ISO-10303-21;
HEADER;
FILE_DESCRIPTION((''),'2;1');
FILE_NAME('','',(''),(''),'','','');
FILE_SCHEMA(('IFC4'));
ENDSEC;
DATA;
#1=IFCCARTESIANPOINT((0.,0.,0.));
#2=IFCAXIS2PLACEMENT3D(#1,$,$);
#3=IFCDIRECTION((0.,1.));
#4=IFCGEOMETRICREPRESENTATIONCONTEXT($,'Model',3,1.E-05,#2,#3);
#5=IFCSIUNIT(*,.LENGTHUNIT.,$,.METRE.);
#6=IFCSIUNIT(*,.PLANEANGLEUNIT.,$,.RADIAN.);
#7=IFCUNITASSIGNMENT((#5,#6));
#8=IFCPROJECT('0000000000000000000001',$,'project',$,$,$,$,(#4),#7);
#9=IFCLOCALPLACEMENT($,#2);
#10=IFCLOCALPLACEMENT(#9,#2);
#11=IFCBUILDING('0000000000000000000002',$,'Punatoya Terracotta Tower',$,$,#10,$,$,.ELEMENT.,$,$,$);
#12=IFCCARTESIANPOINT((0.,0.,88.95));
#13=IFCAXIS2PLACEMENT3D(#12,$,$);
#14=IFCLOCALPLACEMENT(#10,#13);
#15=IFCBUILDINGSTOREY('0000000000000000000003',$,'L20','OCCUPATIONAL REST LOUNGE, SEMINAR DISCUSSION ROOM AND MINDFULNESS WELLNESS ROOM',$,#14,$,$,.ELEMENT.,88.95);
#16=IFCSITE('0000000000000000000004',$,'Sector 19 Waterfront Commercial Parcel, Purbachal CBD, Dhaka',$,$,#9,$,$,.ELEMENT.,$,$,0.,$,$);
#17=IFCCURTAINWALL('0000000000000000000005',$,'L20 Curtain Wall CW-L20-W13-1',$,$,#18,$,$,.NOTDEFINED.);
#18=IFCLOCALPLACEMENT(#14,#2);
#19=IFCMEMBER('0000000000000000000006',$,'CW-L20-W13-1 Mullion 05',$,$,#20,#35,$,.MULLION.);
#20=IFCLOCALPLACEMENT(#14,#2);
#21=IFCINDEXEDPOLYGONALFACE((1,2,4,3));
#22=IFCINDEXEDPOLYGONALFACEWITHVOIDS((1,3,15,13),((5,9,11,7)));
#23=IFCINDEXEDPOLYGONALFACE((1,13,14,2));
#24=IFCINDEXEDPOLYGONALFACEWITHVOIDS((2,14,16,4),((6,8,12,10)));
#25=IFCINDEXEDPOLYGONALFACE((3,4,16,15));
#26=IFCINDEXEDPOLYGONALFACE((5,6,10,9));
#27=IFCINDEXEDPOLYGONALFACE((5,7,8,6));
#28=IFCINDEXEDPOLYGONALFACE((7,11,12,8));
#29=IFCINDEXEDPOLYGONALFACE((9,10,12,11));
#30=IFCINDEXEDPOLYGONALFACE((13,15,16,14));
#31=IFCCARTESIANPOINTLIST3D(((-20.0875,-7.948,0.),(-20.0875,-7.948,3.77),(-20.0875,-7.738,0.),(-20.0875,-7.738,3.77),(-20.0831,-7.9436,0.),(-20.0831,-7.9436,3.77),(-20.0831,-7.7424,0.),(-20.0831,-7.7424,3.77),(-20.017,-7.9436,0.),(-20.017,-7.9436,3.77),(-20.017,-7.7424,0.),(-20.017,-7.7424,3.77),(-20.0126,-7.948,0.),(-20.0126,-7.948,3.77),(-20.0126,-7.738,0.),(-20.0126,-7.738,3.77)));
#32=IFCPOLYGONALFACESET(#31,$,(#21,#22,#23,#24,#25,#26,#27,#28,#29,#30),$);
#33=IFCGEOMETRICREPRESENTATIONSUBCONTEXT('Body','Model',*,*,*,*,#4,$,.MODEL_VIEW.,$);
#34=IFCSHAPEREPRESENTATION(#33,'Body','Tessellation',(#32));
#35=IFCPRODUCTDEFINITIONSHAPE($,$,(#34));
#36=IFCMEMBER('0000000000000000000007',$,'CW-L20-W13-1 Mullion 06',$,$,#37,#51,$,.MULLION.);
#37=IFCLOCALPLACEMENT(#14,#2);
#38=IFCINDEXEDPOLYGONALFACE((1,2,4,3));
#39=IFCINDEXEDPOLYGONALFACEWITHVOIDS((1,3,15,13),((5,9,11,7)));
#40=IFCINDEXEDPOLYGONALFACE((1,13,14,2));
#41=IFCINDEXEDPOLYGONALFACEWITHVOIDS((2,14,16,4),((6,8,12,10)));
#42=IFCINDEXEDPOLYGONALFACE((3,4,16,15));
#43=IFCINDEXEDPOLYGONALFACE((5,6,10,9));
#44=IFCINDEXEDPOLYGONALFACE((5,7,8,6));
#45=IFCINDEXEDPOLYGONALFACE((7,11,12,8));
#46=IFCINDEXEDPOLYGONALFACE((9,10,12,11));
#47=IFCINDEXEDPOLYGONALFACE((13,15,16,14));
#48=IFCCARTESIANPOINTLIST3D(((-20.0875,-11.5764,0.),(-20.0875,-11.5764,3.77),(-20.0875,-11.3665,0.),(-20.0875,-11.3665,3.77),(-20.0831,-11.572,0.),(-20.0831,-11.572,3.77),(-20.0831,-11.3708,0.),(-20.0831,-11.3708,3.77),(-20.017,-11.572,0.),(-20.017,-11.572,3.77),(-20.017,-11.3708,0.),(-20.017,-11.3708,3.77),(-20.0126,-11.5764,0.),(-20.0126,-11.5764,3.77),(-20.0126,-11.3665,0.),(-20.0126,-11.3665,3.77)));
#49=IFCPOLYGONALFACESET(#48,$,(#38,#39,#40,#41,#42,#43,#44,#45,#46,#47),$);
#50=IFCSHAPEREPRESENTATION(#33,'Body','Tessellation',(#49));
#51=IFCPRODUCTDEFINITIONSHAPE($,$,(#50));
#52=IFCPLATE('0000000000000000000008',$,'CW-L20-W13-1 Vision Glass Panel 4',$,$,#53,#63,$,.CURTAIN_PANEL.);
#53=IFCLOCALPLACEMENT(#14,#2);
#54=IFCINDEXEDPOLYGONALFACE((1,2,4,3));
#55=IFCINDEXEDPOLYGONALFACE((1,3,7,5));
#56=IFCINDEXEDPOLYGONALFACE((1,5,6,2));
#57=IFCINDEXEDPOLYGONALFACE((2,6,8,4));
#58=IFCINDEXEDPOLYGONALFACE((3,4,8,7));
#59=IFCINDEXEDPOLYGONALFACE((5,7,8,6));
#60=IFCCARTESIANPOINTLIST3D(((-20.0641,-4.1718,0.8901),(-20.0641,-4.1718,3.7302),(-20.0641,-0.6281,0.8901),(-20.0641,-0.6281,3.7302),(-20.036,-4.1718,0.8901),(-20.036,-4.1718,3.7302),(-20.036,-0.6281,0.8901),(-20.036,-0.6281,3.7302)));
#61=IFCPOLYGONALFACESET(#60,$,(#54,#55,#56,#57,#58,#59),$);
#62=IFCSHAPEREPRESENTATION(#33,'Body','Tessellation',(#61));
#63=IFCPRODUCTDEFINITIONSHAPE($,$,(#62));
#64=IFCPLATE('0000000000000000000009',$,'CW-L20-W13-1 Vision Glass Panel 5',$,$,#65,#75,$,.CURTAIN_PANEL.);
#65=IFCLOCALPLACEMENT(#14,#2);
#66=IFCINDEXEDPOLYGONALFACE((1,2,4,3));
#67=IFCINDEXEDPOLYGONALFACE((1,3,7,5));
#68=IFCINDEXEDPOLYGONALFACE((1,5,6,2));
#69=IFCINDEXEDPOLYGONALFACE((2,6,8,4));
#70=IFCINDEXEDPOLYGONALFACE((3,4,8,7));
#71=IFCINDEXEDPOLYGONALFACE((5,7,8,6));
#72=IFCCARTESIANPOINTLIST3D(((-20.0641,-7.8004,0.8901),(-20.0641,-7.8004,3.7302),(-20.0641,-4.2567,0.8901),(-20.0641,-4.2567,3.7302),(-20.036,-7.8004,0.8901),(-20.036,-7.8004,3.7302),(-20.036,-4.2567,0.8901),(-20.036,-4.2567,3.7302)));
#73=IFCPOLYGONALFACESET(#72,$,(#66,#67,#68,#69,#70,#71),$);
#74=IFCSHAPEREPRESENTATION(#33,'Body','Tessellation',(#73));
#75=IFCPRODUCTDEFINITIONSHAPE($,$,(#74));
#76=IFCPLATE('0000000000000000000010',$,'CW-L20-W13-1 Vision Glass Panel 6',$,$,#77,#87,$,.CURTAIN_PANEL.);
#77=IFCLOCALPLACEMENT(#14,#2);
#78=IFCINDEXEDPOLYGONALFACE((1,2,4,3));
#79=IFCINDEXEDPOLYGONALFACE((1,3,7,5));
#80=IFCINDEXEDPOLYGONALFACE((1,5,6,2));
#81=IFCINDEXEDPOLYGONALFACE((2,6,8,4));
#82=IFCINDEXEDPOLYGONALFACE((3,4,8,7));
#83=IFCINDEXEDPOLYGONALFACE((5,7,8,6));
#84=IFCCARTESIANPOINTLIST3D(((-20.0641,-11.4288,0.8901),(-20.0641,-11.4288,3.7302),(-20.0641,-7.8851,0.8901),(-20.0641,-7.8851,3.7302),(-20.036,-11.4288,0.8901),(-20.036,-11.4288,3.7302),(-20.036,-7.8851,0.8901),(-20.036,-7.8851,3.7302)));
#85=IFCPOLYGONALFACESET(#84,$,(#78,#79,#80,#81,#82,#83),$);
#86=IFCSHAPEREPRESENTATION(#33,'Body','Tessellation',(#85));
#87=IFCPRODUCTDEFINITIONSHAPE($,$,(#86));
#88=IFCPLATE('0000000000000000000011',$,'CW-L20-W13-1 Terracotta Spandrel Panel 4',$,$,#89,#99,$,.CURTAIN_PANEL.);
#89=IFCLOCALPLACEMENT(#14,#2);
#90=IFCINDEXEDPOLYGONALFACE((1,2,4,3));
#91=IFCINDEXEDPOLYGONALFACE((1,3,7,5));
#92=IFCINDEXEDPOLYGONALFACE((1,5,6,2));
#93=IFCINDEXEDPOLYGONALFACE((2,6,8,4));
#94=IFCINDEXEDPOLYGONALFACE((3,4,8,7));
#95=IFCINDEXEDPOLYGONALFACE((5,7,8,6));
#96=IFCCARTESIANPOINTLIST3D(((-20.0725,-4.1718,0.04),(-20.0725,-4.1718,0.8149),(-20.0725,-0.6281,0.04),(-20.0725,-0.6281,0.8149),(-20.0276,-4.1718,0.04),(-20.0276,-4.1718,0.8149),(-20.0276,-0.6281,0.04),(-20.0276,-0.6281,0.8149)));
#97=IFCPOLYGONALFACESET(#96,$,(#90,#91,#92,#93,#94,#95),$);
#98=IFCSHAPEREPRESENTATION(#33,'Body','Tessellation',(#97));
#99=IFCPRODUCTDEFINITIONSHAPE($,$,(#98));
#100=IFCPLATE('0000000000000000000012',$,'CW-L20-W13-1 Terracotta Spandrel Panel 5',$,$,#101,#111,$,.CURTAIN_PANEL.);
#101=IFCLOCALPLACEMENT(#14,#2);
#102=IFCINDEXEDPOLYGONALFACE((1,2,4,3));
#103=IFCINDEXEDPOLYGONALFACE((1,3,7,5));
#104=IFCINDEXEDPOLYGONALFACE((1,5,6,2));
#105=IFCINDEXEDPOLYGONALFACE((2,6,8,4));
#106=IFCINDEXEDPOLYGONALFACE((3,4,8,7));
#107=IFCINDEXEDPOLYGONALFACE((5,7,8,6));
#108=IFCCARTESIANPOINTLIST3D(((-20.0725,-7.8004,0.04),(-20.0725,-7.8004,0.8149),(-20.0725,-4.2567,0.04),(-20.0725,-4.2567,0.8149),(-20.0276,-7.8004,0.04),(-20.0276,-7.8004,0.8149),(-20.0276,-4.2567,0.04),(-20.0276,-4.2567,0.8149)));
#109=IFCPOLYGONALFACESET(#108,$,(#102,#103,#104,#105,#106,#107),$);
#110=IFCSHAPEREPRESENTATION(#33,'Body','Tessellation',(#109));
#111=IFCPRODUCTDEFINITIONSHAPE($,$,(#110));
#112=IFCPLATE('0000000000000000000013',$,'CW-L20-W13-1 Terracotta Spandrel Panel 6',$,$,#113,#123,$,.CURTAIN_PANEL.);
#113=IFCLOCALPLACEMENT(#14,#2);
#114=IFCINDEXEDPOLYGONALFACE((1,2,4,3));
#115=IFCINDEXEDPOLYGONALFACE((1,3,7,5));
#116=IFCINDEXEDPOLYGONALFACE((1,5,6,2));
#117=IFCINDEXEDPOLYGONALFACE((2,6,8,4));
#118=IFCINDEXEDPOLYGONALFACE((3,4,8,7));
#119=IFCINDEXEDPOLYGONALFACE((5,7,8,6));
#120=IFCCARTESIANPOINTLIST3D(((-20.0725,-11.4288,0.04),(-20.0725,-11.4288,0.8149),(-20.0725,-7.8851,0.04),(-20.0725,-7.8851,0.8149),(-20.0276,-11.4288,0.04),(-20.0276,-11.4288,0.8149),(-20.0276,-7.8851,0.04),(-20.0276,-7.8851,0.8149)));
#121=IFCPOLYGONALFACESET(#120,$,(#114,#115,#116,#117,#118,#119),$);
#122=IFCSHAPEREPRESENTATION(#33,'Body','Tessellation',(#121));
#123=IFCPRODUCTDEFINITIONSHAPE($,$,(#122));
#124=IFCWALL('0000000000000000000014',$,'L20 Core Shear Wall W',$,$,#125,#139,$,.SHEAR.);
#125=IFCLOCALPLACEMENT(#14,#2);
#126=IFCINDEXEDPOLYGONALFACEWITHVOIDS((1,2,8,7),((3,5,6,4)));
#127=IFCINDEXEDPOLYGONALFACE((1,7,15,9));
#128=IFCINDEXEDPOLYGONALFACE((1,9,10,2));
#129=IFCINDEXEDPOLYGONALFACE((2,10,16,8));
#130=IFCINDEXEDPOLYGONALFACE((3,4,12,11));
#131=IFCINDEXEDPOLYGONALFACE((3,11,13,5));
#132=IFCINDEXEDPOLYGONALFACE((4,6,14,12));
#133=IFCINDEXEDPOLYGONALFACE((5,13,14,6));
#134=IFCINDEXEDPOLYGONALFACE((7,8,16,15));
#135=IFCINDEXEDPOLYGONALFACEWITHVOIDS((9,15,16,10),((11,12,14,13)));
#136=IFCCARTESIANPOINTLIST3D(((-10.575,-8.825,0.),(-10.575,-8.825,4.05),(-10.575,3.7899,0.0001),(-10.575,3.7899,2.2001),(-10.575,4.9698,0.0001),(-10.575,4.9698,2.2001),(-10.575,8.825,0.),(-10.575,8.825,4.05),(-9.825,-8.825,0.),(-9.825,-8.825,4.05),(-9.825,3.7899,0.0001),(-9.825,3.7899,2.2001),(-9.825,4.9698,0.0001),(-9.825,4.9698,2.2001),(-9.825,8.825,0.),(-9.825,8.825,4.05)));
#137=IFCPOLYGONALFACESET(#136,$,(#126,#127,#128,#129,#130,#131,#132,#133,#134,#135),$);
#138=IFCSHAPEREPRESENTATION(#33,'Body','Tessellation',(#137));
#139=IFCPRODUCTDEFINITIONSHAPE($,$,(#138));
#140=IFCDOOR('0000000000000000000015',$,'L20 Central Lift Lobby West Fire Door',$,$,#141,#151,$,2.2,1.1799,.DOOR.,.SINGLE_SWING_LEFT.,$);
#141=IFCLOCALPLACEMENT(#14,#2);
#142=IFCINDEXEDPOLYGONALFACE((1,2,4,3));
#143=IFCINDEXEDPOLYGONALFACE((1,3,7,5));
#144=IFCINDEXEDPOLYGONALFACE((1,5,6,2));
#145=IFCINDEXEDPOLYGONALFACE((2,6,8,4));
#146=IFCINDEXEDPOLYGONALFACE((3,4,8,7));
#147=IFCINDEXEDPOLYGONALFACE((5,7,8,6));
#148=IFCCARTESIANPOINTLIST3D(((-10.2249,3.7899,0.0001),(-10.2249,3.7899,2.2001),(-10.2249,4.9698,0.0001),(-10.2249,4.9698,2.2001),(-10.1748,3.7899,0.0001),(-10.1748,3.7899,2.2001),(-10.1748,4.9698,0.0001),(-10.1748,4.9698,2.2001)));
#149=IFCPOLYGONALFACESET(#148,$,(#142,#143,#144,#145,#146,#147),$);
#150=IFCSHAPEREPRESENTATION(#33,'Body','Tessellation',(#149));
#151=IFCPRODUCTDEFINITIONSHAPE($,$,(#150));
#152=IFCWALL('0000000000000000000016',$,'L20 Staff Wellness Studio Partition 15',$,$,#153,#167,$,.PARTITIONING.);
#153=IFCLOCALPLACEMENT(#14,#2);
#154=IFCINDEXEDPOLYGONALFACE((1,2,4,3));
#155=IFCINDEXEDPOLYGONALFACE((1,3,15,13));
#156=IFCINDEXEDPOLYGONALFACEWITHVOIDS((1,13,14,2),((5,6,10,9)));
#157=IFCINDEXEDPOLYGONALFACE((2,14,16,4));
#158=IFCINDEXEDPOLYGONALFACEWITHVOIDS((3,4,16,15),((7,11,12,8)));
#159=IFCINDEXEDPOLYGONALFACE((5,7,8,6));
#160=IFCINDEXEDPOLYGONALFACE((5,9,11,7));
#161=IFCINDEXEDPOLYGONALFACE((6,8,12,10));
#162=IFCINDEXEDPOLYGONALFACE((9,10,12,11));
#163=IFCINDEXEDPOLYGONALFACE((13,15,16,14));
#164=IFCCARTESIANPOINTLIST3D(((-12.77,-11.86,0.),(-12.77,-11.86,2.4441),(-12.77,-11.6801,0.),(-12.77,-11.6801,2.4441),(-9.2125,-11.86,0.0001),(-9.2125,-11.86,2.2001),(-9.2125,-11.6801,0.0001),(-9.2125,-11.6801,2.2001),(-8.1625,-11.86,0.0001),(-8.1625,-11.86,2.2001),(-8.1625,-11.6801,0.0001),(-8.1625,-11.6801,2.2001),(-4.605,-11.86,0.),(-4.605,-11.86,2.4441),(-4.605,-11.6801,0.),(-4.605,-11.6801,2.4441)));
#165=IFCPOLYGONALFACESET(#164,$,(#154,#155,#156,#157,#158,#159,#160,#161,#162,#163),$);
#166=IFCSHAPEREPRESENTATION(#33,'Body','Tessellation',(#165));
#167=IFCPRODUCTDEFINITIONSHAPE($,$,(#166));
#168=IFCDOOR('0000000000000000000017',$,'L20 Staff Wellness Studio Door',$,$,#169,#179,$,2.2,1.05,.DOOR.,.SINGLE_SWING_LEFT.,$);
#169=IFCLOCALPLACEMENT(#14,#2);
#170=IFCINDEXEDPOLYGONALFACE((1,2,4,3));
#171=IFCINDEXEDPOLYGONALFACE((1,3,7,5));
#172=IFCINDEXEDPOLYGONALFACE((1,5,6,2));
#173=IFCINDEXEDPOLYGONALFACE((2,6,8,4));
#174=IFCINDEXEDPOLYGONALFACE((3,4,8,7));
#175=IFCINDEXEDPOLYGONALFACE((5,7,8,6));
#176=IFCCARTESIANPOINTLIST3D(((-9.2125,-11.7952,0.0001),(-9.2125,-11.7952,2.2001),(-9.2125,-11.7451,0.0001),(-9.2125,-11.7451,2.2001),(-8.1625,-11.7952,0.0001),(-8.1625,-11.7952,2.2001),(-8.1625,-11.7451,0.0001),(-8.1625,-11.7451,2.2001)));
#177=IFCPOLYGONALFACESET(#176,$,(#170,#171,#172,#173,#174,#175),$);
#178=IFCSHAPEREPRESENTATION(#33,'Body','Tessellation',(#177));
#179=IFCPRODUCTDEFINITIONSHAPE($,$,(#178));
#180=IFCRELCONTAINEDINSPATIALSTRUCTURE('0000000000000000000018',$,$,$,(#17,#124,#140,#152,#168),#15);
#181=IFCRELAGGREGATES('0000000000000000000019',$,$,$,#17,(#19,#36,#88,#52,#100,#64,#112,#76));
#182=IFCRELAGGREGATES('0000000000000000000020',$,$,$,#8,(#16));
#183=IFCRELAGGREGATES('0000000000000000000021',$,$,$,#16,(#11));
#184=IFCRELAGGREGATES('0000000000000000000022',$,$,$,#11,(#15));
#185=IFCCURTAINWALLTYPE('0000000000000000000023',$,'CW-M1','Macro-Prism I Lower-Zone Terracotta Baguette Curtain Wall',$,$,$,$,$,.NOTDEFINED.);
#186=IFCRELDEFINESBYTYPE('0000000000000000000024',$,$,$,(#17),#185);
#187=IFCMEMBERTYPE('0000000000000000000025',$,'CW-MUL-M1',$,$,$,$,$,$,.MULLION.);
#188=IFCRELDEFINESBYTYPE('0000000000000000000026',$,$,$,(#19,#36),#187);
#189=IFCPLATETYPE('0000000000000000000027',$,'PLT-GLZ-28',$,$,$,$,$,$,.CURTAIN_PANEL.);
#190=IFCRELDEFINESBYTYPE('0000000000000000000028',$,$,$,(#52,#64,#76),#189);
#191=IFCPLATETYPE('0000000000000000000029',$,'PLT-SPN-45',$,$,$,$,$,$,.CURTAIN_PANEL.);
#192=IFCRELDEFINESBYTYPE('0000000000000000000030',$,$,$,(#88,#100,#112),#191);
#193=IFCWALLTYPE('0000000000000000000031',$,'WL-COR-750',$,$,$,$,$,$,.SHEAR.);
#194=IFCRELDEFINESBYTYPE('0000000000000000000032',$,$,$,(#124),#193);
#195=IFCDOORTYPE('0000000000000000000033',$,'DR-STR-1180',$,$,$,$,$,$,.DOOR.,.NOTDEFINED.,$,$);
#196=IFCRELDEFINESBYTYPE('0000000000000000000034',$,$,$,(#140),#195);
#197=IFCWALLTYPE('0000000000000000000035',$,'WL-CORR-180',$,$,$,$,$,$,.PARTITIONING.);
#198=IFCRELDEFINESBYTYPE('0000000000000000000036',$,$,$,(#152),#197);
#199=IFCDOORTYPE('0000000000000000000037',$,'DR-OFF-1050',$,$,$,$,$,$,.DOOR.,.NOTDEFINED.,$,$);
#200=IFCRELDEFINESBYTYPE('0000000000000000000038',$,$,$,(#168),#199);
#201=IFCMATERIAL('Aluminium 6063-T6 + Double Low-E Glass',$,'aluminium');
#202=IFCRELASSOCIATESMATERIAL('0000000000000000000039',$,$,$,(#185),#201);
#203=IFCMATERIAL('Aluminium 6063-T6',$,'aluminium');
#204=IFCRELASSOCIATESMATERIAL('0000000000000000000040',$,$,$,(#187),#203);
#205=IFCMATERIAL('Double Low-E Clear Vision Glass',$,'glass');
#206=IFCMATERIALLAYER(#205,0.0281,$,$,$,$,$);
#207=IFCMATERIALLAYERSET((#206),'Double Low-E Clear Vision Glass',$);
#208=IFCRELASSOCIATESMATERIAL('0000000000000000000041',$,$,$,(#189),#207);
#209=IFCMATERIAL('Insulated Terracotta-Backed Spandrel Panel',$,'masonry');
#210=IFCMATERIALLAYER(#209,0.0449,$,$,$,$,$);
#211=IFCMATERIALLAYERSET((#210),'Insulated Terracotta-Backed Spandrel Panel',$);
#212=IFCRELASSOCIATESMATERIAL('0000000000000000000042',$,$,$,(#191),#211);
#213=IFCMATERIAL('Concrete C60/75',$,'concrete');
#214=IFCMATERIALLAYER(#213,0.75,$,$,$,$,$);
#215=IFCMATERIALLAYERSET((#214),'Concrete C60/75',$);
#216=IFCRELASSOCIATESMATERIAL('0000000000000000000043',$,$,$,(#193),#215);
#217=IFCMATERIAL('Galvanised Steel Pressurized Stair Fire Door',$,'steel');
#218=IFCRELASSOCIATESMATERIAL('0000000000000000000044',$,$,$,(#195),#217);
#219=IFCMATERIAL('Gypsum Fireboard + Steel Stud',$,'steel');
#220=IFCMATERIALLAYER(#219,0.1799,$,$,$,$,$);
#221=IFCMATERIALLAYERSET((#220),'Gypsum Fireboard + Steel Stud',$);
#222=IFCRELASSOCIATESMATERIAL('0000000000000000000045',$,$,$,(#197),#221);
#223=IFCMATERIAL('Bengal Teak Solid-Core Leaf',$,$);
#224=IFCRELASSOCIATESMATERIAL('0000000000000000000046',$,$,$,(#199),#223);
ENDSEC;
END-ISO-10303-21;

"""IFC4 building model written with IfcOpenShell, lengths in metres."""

from ifc_helpers import new_model, si_unit, direction, frame, frame_2d, origin, origin_2d, place, context, subcontext, project, spatial, rectangle, hollow_rectangle, extrude, material, layer, layer_set, material_profile, profile_set, type_object, element, fill, aggregate, save


model = new_model("IFC4")

# Units and contexts
model_context = context("Model", 3, precision=1e-05, world=origin(), true_north=direction((0.0, 1.0)))
body_context = subcontext(model_context, "Body", "Model", "MODEL_VIEW")
ifc_project = project(units=[si_unit("LENGTHUNIT", "METRE"), si_unit("PLANEANGLEUNIT", "RADIAN")], contexts=[model_context])

# Site, building, storey
site_placement = place(None, origin())
site = spatial("IfcSite", under=ifc_project, at=site_placement, Name="Sector 19 Waterfront Commercial Parcel, Purbachal CBD, Dhaka", CompositionType="ELEMENT", RefElevation=0.0)
building_placement = place(site_placement, origin())
building = spatial("IfcBuilding", under=site, at=building_placement, Name="Punatoya Terracotta Tower", CompositionType="ELEMENT")
storey_placement = place(building_placement, frame((0.0, 0.0, 88.95)))
storey = spatial("IfcBuildingStorey", under=building, at=storey_placement, Name="L20", Description="OCCUPATIONAL REST LOUNGE, SEMINAR DISCUSSION ROOM AND MINDFULNESS WELLNESS ROOM", CompositionType="ELEMENT", Elevation=88.95)

# Curtain wall, members, plates
ifc_material_1 = material(Name="Aluminium 6063-T6 + Double Low-E Glass", Category="aluminium")
curtain_wall_type = type_object("IfcCurtainWallType", Name="CW-M1", Description="Macro-Prism I Lower-Zone Terracotta Baguette Curtain Wall", PredefinedType="NOTDEFINED", material=ifc_material_1)
curtain_wall_placement = place(storey_placement, origin())
curtain_wall = element("IfcCurtainWall", 1, at=curtain_wall_placement, inside=storey, type_object=curtain_wall_type, Name="L20 Curtain Wall CW-L20-W13-1", PredefinedType="NOTDEFINED")
ifc_material_2 = material(Name="Aluminium 6063-T6", Category="aluminium")
ifc_material_profile_1 = material_profile(ifc_material_2, hollow_rectangle(XDim=0.075, YDim=0.21, WallThickness=0.0044, at=origin_2d()))
ifc_profile_set_1 = profile_set([ifc_material_profile_1], Name="Aluminium 6063-T6")
member_type = type_object("IfcMemberType", Name="CW-MUL-M1", PredefinedType="MULLION", material=ifc_profile_set_1)
member_1_placement = place(storey_placement, frame((-20.05, -7.843, 0.0), z_axis=(0.0, 0.0, 1.0), x_axis=(1.0, 0.0, 0.0)))
member_1 = element("IfcMember", 2, at=member_1_placement, type_object=member_type, Name="CW-L20-W13-1 Mullion 05", PredefinedType="MULLION", context=body_context, shape_type="SweptSolid", body=[
    extrude(hollow_rectangle(XDim=0.075, YDim=0.21, WallThickness=0.0044, at=origin_2d()), origin(), (0.0, 0.0, 1.0), 3.77),
])
member_2_placement = place(storey_placement, frame((-20.05, -11.4714, 0.0), z_axis=(0.0, 0.0, 1.0), x_axis=(1.0, 0.0, 0.0)))
member_2 = element("IfcMember", 3, at=member_2_placement, type_object=member_type, Name="CW-L20-W13-1 Mullion 06", PredefinedType="MULLION", context=body_context, shape_type="SweptSolid", body=[
    extrude(hollow_rectangle(XDim=0.075, YDim=0.21, WallThickness=0.0044, at=origin_2d()), origin(), (0.0, 0.0, 1.0), 3.77),
])
ifc_material_3 = material(Name="Double Low-E Clear Vision Glass", Category="glass")
ifc_layer_1 = layer(ifc_material_3, 0.0281)
ifc_layer_set_1 = layer_set([ifc_layer_1], Name="Double Low-E Clear Vision Glass")
plate_type_1 = type_object("IfcPlateType", Name="PLT-GLZ-28", PredefinedType="CURTAIN_PANEL", material=ifc_layer_set_1)
plate_1_placement = place(storey_placement, frame((-20.05, -2.3999, 0.8901), z_axis=(0.0, 0.0, 1.0), x_axis=(0.0, -1.0, 0.0)))
plate_1 = element("IfcPlate", 4, at=plate_1_placement, type_object=plate_type_1, Name="CW-L20-W13-1 Vision Glass Panel 4", PredefinedType="CURTAIN_PANEL", context=body_context, shape_type="SweptSolid", body=[
    extrude(rectangle(XDim=3.5437, YDim=0.0281, at=origin_2d()), origin(), (0.0, 0.0, 1.0), 2.8401),
])
plate_2_placement = place(storey_placement, frame((-20.05, -6.0286, 0.8901), z_axis=(0.0, 0.0, 1.0), x_axis=(0.0, -1.0, 0.0)))
plate_2 = element("IfcPlate", 5, at=plate_2_placement, type_object=plate_type_1, Name="CW-L20-W13-1 Vision Glass Panel 5", PredefinedType="CURTAIN_PANEL", context=body_context, shape_type="SweptSolid", body=[
    extrude(rectangle(XDim=3.5437, YDim=0.0281, at=origin_2d()), origin(), (0.0, 0.0, 1.0), 2.8401),
])
plate_3_placement = place(storey_placement, frame((-20.05, -9.657, 0.8901), z_axis=(0.0, 0.0, 1.0), x_axis=(0.0, -1.0, 0.0)))
plate_3 = element("IfcPlate", 6, at=plate_3_placement, type_object=plate_type_1, Name="CW-L20-W13-1 Vision Glass Panel 6", PredefinedType="CURTAIN_PANEL", context=body_context, shape_type="SweptSolid", body=[
    extrude(rectangle(XDim=3.5437, YDim=0.0281, at=origin_2d()), origin(), (0.0, 0.0, 1.0), 2.8401),
])
ifc_material_4 = material(Name="Insulated Terracotta-Backed Spandrel Panel", Category="masonry")
ifc_layer_2 = layer(ifc_material_4, 0.0449)
ifc_layer_set_2 = layer_set([ifc_layer_2], Name="Insulated Terracotta-Backed Spandrel Panel")
plate_type_2 = type_object("IfcPlateType", Name="PLT-SPN-45", PredefinedType="CURTAIN_PANEL", material=ifc_layer_set_2)
plate_4_placement = place(storey_placement, frame((-20.05, -2.3999, 0.04), z_axis=(0.0, 0.0, 1.0), x_axis=(0.0, -1.0, 0.0)))
plate_4 = element("IfcPlate", 7, at=plate_4_placement, type_object=plate_type_2, Name="CW-L20-W13-1 Terracotta Spandrel Panel 4", PredefinedType="CURTAIN_PANEL", context=body_context, shape_type="SweptSolid", body=[
    extrude(rectangle(XDim=3.5437, YDim=0.0449, at=origin_2d()), origin(), (0.0, 0.0, 1.0), 0.7749),
])
plate_5_placement = place(storey_placement, frame((-20.05, -6.0286, 0.04), z_axis=(0.0, 0.0, 1.0), x_axis=(0.0, -1.0, 0.0)))
plate_5 = element("IfcPlate", 8, at=plate_5_placement, type_object=plate_type_2, Name="CW-L20-W13-1 Terracotta Spandrel Panel 5", PredefinedType="CURTAIN_PANEL", context=body_context, shape_type="SweptSolid", body=[
    extrude(rectangle(XDim=3.5437, YDim=0.0449, at=origin_2d()), origin(), (0.0, 0.0, 1.0), 0.7749),
])
plate_6_placement = place(storey_placement, frame((-20.05, -9.657, 0.04), z_axis=(0.0, 0.0, 1.0), x_axis=(0.0, -1.0, 0.0)))
plate_6 = element("IfcPlate", 9, at=plate_6_placement, type_object=plate_type_2, Name="CW-L20-W13-1 Terracotta Spandrel Panel 6", PredefinedType="CURTAIN_PANEL", context=body_context, shape_type="SweptSolid", body=[
    extrude(rectangle(XDim=3.5437, YDim=0.0449, at=origin_2d()), origin(), (0.0, 0.0, 1.0), 0.7749),
])
aggregate(curtain_wall, [member_1, member_2, plate_4, plate_1, plate_5, plate_2, plate_6, plate_3])

# Walls, openings, doors
ifc_material_5 = material(Name="Concrete C60/75", Category="concrete")
ifc_layer_3 = layer(ifc_material_5, 0.75)
ifc_layer_set_3 = layer_set([ifc_layer_3], Name="Concrete C60/75")
wall_type_1 = type_object("IfcWallType", Name="WL-COR-750", PredefinedType="SHEAR", material=ifc_layer_set_3)
wall_1_placement = place(storey_placement, frame((-10.2, -8.825, 0.0), z_axis=(0.0, 0.0, 1.0), x_axis=(0.0, 1.0, 0.0)))
wall_1 = element("IfcWall", 10, at=wall_1_placement, inside=storey, type_object=wall_type_1, Name="L20 Core Shear Wall W", PredefinedType="SHEAR", context=body_context, shape_type="SweptSolid", body=[
    extrude(rectangle(XDim=17.6499, YDim=0.75, at=frame_2d((8.825, 0.0))), origin(), (0.0, 0.0, 1.0), 4.05),
])
opening_1_placement = place(wall_1_placement, frame((12.615, 0.0, 0.0)))
opening_1 = element("IfcOpeningElement", 11, at=opening_1_placement, cuts=wall_1, PredefinedType="OPENING", context=body_context, shape_type="SweptSolid", body=[
    extrude(rectangle(XDim=1.1799, YDim=2.2, at=frame_2d((0.5898, 1.1001))), frame((0.0, 0.385, 0.0), z_axis=(0.0, -1.0, 0.0), x_axis=(1.0, 0.0, 0.0)), (0.0, 0.0, 1.0), 0.77),
])
ifc_material_6 = material(Name="Galvanised Steel Pressurized Stair Fire Door", Category="steel")
door_type_1 = type_object("IfcDoorType", Name="DR-STR-1180", OperationType="NOTDEFINED", PredefinedType="DOOR", material=ifc_material_6)
door_1_placement = place(opening_1_placement, origin())
door_1 = element("IfcDoor", 12, at=door_1_placement, inside=storey, type_object=door_type_1, Name="L20 Central Lift Lobby West Fire Door", OperationType="SINGLE_SWING_LEFT", OverallHeight=2.2, OverallWidth=1.1799, PredefinedType="DOOR", context=body_context, shape_type="SweptSolid", body=[
    extrude(rectangle(XDim=1.1799, YDim=2.2, at=frame_2d((0.5898, 1.1001))), frame((0.0, 0.0249, 0.0), z_axis=(0.0, -1.0, 0.0), x_axis=(1.0, 0.0, 0.0)), (0.0, 0.0, 1.0), 0.05),
])
fill(opening_1, door_1)
ifc_material_7 = material(Name="Gypsum Fireboard + Steel Stud", Category="steel")
ifc_layer_4 = layer(ifc_material_7, 0.1799)
ifc_layer_set_4 = layer_set([ifc_layer_4], Name="Gypsum Fireboard + Steel Stud")
wall_type_2 = type_object("IfcWallType", Name="WL-CORR-180", PredefinedType="PARTITIONING", material=ifc_layer_set_4)
wall_2_placement = place(storey_placement, frame((-12.77, -11.77, 0.0), z_axis=(0.0, 0.0, 1.0), x_axis=(1.0, 0.0, 0.0)))
wall_2 = element("IfcWall", 13, at=wall_2_placement, inside=storey, type_object=wall_type_2, Name="L20 Staff Wellness Studio Partition 15", PredefinedType="PARTITIONING", context=body_context, shape_type="SweptSolid", body=[
    extrude(rectangle(XDim=8.165, YDim=0.1799, at=frame_2d((4.0825, 0.0))), origin(), (0.0, 0.0, 1.0), 2.4441),
])
opening_2_placement = place(wall_2_placement, frame((3.5576, 0.0, 0.0)))
opening_2 = element("IfcOpeningElement", 14, at=opening_2_placement, cuts=wall_2, PredefinedType="OPENING", context=body_context, shape_type="SweptSolid", body=[
    extrude(rectangle(XDim=1.05, YDim=2.2, at=frame_2d((0.5249, 1.1001))), frame((0.0, 0.0999, 0.0), z_axis=(0.0, -1.0, 0.0), x_axis=(1.0, 0.0, 0.0)), (0.0, 0.0, 1.0), 0.2),
])
ifc_material_8 = material(Name="Bengal Teak Solid-Core Leaf")
door_type_2 = type_object("IfcDoorType", Name="DR-OFF-1050", OperationType="NOTDEFINED", PredefinedType="DOOR", material=ifc_material_8)
door_2_placement = place(opening_2_placement, origin())
door_2 = element("IfcDoor", 15, at=door_2_placement, inside=storey, type_object=door_type_2, Name="L20 Staff Wellness Studio Door", OperationType="SINGLE_SWING_LEFT", OverallHeight=2.2, OverallWidth=1.05, PredefinedType="DOOR", context=body_context, shape_type="SweptSolid", body=[
    extrude(rectangle(XDim=1.05, YDim=2.2, at=frame_2d((0.5249, 1.1001))), frame((0.0, 0.0249, 0.0), z_axis=(0.0, -1.0, 0.0), x_axis=(1.0, 0.0, 0.0)), (0.0, 0.0, 1.0), 0.05),
])
fill(opening_2, door_2)

save(model, "model.ifc")
